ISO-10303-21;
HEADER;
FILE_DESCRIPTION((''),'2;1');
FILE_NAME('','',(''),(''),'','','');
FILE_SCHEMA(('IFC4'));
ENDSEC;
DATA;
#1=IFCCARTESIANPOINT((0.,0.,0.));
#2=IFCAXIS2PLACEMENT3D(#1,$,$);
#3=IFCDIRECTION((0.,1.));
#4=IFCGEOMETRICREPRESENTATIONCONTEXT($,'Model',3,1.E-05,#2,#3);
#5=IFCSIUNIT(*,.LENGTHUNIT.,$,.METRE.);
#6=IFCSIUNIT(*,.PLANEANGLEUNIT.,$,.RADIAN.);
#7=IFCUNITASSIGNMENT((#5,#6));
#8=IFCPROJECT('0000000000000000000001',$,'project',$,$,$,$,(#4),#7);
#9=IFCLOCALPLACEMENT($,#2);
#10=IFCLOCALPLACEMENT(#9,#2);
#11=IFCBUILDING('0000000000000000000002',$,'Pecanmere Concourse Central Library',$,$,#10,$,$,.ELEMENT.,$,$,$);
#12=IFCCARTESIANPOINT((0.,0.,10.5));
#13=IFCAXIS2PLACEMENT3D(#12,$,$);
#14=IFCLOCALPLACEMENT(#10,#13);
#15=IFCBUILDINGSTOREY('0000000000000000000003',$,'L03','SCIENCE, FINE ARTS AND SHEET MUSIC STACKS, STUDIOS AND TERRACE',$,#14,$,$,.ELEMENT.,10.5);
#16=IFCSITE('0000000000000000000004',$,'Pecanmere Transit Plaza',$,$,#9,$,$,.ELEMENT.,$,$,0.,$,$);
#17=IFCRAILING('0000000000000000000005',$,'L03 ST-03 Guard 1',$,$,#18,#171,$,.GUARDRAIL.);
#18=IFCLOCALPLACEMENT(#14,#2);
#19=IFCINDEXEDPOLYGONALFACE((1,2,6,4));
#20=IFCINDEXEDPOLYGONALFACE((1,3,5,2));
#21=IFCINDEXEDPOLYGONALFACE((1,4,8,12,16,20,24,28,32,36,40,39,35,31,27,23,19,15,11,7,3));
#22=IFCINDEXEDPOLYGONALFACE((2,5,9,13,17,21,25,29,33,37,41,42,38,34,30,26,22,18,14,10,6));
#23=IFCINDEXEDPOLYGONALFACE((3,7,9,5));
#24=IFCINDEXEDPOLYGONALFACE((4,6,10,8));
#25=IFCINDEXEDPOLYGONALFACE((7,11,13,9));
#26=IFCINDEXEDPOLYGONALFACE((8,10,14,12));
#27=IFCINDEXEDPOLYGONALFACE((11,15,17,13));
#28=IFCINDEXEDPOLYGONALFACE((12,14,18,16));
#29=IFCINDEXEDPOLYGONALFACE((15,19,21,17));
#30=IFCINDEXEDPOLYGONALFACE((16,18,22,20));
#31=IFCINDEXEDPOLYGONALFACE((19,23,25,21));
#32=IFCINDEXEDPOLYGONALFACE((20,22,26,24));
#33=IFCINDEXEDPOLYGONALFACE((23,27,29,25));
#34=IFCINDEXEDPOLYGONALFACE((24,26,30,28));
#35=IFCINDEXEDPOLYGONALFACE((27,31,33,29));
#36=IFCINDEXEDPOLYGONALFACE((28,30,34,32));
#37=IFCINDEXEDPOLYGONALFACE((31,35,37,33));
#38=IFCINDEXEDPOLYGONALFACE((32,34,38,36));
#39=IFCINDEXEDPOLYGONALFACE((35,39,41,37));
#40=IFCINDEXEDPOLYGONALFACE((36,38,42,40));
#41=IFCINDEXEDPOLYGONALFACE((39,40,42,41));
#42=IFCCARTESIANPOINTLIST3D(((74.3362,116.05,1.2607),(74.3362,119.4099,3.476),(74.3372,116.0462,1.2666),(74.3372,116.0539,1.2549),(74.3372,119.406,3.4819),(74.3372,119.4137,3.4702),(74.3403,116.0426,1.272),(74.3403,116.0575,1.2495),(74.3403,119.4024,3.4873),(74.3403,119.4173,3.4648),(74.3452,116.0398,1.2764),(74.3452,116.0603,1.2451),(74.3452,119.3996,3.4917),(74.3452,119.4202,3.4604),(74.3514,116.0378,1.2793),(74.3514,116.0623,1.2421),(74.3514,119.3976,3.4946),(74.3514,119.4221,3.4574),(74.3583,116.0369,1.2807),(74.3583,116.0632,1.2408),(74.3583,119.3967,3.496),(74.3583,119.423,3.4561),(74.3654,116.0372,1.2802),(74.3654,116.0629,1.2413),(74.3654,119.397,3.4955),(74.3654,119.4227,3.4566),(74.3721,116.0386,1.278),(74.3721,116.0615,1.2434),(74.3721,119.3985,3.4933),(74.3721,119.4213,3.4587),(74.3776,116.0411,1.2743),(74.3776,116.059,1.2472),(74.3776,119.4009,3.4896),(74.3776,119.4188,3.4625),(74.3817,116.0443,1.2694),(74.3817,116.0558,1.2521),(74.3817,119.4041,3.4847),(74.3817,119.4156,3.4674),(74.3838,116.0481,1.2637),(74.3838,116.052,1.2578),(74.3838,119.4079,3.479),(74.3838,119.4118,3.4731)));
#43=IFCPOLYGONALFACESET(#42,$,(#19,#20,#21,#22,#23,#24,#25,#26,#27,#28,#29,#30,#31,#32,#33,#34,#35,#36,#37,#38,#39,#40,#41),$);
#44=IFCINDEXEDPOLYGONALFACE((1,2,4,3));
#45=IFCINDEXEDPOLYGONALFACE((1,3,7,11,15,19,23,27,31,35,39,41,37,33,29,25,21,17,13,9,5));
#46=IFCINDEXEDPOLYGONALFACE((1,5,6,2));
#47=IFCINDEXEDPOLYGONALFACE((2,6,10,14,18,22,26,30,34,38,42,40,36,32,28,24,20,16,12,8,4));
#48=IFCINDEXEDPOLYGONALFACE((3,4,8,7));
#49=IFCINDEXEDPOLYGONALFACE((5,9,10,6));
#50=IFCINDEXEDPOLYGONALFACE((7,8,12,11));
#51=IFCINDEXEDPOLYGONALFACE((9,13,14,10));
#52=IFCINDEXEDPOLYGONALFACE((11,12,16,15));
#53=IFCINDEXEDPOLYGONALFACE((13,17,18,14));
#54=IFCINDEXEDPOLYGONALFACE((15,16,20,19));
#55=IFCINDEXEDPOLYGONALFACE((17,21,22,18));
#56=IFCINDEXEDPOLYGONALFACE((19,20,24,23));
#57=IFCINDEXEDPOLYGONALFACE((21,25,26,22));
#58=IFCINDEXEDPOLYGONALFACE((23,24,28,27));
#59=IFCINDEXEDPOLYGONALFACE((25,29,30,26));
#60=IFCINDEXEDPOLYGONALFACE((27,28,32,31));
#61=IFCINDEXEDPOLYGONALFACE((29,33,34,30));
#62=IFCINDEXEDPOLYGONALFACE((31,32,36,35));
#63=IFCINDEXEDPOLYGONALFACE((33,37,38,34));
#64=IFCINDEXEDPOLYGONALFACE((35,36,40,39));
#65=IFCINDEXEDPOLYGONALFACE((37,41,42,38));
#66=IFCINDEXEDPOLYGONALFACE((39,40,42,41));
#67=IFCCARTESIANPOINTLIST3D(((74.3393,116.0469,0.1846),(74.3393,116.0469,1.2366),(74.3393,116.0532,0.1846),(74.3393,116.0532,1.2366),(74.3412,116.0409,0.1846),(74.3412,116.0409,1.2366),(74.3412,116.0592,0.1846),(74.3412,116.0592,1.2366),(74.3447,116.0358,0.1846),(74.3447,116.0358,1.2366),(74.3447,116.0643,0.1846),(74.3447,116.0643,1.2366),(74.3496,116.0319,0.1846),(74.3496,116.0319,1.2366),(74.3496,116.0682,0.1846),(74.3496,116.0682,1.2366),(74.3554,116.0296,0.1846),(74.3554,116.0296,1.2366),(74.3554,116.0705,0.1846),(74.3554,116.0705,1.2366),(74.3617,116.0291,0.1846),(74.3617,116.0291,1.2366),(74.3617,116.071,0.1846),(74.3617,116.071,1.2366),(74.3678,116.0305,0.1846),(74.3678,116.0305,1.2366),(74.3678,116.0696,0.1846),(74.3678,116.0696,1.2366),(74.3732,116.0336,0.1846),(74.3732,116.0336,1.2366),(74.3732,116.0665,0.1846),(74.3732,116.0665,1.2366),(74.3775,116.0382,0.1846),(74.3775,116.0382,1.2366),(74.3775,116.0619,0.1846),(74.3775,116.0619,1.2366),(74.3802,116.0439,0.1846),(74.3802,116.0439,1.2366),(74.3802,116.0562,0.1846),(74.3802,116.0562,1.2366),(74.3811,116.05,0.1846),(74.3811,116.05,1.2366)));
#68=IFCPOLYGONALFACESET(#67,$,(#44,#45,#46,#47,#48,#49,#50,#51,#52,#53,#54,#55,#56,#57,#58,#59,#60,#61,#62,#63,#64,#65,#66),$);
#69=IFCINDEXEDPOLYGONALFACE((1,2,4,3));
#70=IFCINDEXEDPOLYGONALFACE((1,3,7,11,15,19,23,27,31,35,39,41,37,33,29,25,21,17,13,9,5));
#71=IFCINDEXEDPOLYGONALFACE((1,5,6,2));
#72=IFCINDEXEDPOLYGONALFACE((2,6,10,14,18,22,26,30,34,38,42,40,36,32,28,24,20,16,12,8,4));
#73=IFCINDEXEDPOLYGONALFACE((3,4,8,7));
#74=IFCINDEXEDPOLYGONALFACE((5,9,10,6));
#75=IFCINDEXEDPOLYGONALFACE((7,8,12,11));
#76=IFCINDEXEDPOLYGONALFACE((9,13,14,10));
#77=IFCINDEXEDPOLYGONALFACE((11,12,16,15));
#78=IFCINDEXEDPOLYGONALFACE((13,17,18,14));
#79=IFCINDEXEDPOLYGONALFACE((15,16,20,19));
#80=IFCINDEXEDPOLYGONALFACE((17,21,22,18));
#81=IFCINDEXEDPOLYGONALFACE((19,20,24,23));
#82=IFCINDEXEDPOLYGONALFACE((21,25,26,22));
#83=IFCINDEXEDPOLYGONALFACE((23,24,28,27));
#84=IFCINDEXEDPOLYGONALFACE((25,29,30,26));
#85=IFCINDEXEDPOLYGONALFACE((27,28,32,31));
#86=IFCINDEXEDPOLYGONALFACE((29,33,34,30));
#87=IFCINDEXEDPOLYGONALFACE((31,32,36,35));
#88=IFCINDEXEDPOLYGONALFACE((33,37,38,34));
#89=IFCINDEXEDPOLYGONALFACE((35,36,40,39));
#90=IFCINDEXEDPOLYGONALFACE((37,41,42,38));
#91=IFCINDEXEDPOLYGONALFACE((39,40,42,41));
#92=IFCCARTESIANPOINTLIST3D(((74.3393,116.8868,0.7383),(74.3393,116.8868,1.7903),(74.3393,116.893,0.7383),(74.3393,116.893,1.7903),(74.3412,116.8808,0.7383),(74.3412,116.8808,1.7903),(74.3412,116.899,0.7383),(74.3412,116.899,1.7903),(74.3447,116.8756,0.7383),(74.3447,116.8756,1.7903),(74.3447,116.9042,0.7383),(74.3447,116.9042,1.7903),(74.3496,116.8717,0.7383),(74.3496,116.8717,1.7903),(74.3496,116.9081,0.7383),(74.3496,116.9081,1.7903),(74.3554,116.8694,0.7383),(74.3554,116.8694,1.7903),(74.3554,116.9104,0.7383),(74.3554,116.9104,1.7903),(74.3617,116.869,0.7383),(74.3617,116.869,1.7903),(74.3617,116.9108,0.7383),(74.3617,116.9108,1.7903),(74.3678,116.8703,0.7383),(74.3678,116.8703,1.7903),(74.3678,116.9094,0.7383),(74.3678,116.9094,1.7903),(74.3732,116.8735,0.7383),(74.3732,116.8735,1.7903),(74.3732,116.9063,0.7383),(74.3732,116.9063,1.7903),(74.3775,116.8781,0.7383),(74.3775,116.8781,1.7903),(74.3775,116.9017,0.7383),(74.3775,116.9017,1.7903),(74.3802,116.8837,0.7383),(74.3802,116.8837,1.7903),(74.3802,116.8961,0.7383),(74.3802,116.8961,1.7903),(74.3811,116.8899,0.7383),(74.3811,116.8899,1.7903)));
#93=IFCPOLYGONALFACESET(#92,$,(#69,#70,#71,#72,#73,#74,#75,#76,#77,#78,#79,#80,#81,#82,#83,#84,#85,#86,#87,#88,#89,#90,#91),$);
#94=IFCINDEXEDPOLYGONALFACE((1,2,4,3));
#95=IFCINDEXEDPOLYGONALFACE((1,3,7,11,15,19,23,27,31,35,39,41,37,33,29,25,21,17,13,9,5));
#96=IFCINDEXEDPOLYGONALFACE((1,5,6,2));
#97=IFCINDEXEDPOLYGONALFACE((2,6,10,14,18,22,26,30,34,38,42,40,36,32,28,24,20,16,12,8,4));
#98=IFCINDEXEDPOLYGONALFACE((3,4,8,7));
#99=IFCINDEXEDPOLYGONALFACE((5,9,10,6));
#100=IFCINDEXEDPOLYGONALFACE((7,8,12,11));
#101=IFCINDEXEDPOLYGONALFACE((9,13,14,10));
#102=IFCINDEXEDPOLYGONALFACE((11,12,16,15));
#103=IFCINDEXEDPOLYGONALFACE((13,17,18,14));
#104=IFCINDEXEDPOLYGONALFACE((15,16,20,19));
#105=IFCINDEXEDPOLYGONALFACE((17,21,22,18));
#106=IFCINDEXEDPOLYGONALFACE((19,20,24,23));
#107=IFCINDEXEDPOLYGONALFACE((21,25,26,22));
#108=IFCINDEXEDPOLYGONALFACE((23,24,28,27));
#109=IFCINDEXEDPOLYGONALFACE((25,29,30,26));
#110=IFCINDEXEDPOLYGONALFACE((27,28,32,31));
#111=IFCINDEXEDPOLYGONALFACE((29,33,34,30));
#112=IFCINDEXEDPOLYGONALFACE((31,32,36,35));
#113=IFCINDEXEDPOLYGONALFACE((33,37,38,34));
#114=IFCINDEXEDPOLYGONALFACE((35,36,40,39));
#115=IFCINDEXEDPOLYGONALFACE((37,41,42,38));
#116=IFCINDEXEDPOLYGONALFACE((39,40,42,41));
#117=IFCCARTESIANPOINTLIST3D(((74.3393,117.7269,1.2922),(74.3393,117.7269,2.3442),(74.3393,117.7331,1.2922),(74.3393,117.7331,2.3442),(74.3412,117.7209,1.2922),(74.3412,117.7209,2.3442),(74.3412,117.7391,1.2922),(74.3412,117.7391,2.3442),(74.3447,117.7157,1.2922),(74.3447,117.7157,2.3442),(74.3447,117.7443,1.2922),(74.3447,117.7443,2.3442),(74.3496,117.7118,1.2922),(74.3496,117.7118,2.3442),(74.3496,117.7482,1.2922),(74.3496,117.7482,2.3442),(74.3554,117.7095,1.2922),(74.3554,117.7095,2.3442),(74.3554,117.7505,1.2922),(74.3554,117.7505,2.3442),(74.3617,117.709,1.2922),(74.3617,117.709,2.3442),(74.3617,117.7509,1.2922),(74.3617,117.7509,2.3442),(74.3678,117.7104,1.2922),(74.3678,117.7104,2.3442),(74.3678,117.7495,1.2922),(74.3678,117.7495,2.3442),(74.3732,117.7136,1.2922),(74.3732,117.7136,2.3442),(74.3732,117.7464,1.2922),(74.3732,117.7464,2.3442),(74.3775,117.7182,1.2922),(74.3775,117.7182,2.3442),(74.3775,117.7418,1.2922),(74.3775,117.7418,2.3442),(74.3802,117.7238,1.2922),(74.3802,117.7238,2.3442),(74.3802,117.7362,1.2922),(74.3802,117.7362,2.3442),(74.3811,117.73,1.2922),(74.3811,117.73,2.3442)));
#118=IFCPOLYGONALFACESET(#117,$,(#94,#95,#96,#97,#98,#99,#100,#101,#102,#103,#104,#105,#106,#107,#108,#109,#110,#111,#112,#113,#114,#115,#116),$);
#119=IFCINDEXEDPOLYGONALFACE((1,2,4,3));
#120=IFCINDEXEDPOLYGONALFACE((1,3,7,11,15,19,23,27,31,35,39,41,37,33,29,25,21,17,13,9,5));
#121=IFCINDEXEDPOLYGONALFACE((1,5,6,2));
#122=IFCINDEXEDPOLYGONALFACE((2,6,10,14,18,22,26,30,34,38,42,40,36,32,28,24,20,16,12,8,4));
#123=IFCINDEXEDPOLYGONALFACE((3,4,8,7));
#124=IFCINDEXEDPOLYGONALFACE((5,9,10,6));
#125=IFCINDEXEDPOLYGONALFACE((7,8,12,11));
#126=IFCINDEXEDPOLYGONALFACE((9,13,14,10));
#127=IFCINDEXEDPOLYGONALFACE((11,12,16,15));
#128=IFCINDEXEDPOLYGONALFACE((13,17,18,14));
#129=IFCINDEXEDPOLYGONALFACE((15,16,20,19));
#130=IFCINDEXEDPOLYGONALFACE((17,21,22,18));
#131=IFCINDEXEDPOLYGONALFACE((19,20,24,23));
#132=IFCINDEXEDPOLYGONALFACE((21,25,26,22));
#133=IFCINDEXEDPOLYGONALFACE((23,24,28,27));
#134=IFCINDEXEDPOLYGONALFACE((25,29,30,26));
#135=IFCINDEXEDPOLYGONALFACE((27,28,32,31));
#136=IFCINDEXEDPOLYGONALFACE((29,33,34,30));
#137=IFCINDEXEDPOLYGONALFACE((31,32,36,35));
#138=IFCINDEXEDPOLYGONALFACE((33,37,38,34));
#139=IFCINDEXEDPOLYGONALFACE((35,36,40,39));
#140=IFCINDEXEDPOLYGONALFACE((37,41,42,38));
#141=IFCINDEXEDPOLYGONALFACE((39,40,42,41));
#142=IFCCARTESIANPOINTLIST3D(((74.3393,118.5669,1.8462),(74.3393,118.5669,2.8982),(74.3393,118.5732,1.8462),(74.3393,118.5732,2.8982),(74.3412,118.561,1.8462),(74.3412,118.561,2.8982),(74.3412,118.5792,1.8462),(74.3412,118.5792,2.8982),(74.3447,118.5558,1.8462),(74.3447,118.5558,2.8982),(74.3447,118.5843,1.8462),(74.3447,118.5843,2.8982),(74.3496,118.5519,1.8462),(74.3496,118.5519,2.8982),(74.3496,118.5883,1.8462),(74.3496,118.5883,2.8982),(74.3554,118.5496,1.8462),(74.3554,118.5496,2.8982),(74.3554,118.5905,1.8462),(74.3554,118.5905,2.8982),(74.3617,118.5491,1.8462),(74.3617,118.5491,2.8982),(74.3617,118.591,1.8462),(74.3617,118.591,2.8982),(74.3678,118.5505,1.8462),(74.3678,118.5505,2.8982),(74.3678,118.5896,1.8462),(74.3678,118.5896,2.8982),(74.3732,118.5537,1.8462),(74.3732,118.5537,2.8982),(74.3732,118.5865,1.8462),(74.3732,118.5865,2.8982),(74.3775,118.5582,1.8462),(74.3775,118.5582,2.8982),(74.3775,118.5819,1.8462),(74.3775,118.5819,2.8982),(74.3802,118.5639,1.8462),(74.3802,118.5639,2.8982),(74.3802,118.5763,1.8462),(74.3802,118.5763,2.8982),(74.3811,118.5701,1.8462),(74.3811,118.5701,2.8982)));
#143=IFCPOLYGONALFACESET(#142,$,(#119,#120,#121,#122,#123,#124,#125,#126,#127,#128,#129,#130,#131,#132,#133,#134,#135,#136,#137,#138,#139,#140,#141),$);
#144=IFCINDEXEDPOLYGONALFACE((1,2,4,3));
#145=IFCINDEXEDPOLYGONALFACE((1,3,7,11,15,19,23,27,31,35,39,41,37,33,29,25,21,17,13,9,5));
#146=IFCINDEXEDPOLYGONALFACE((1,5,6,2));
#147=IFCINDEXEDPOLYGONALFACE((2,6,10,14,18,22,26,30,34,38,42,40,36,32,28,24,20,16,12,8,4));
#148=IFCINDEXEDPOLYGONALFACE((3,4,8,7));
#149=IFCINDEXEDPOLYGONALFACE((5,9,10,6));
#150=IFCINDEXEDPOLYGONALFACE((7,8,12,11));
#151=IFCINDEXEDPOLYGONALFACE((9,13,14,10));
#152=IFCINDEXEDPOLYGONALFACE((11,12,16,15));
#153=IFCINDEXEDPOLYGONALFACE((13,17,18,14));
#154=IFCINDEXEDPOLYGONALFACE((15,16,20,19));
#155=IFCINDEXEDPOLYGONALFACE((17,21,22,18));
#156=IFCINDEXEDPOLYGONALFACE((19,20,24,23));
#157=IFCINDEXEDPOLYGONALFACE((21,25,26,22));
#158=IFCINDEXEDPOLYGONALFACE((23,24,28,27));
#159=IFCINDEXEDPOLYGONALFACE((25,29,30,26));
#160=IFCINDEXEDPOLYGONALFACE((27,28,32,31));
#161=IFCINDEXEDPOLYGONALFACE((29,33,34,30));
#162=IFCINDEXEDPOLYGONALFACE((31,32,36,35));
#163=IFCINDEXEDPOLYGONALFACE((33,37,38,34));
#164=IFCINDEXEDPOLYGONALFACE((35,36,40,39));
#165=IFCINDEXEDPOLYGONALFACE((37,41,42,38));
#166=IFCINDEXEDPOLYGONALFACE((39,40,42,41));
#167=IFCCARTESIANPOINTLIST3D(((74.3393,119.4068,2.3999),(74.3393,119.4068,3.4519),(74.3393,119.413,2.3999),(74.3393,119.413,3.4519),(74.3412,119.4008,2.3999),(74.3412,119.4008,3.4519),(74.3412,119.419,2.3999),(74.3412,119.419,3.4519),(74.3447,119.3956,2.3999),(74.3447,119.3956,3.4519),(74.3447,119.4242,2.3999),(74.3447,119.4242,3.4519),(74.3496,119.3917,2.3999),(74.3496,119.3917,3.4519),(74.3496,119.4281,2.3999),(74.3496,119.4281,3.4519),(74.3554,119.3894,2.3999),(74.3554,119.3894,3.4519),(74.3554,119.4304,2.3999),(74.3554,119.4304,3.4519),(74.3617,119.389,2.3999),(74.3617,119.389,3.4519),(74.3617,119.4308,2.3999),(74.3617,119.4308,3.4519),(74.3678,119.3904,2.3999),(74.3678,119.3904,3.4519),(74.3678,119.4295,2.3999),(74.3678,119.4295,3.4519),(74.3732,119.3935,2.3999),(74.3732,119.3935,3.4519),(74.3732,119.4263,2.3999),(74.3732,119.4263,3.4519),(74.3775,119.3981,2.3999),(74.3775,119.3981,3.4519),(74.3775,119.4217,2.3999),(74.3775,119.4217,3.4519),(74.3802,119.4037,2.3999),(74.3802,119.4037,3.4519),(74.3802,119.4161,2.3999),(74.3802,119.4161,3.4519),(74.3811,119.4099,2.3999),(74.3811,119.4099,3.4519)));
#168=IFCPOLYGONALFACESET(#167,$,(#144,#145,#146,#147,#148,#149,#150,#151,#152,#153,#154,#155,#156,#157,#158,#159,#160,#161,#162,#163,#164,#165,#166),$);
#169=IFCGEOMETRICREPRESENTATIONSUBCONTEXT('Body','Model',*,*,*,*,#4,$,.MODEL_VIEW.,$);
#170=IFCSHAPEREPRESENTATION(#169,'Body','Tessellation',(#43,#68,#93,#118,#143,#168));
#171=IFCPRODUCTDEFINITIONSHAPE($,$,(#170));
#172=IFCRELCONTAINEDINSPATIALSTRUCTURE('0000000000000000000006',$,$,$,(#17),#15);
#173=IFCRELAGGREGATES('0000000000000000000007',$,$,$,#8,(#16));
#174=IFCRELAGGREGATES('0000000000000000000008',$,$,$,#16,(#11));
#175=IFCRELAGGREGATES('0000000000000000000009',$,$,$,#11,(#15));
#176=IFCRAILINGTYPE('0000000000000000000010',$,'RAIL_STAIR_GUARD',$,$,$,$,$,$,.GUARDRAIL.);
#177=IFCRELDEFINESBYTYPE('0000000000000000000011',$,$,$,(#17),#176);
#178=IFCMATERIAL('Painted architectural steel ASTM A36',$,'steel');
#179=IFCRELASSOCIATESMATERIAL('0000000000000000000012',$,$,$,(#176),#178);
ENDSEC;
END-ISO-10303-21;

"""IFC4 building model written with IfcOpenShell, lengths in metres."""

from ifc_helpers import new_model, si_unit, direction, frame, origin, origin_2d, place, context, subcontext, project, spatial, circle, extrude, material, type_object, element, save


model = new_model("IFC4")

# Units and contexts
model_context = context("Model", 3, precision=1e-05, world=origin(), true_north=direction((0.0, 1.0)))
body_context = subcontext(model_context, "Body", "Model", "MODEL_VIEW")
ifc_project = project(units=[si_unit("LENGTHUNIT", "METRE"), si_unit("PLANEANGLEUNIT", "RADIAN")], contexts=[model_context])

# Site, building, storey
site_placement = place(None, origin())
site = spatial("IfcSite", under=ifc_project, at=site_placement, Name="Pecanmere Transit Plaza", CompositionType="ELEMENT", RefElevation=0.0)
building_placement = place(site_placement, origin())
building = spatial("IfcBuilding", under=site, at=building_placement, Name="Pecanmere Concourse Central Library", CompositionType="ELEMENT")
storey_placement = place(building_placement, frame((0.0, 0.0, 10.5)))
storey = spatial("IfcBuildingStorey", under=building, at=storey_placement, Name="L03", Description="SCIENCE, FINE ARTS AND SHEET MUSIC STACKS, STUDIOS AND TERRACE", CompositionType="ELEMENT", Elevation=10.5)

# Railing
ifc_material_1 = material(Name="Painted architectural steel ASTM A36", Category="steel")
railing_type_1 = type_object("IfcRailingType", Name="RAIL_STAIR_GUARD", PredefinedType="GUARDRAIL", material=ifc_material_1)
railing_1_placement = place(storey_placement, frame((74.3601, 116.05, 0.1846)))
element("IfcRailing", 1, at=railing_1_placement, inside=storey, type_object=railing_type_1, Name="L03 ST-03 Guard 1", PredefinedType="GUARDRAIL", context=body_context, shape_type="SweptSolid", body=[
    extrude(circle(Radius=0.0239, at=origin_2d()), frame((0.0, 0.0, 1.0762), z_axis=(0.0, 0.834858, 0.550465), x_axis=(-1.0, 0.0, 0.0)), (0.0, 0.0, 1.0), 4.0244),
    extrude(circle(Radius=0.021, at=origin_2d()), origin(), (0.0, 0.0, 1.0), 1.052),
    extrude(circle(Radius=0.021, at=origin_2d()), frame((0.0, 0.8398, 0.5537)), (0.0, 0.0, 1.0), 1.052),
    extrude(circle(Radius=0.021, at=origin_2d()), frame((0.0, 1.6799, 1.1077)), (0.0, 0.0, 1.0), 1.052),
    extrude(circle(Radius=0.021, at=origin_2d()), frame((0.0, 2.52, 1.6616)), (0.0, 0.0, 1.0), 1.052),
    extrude(circle(Radius=0.021, at=origin_2d()), frame((0.0, 3.3599, 2.2153)), (0.0, 0.0, 1.0), 1.052),
])

save(model, "model.ifc")
